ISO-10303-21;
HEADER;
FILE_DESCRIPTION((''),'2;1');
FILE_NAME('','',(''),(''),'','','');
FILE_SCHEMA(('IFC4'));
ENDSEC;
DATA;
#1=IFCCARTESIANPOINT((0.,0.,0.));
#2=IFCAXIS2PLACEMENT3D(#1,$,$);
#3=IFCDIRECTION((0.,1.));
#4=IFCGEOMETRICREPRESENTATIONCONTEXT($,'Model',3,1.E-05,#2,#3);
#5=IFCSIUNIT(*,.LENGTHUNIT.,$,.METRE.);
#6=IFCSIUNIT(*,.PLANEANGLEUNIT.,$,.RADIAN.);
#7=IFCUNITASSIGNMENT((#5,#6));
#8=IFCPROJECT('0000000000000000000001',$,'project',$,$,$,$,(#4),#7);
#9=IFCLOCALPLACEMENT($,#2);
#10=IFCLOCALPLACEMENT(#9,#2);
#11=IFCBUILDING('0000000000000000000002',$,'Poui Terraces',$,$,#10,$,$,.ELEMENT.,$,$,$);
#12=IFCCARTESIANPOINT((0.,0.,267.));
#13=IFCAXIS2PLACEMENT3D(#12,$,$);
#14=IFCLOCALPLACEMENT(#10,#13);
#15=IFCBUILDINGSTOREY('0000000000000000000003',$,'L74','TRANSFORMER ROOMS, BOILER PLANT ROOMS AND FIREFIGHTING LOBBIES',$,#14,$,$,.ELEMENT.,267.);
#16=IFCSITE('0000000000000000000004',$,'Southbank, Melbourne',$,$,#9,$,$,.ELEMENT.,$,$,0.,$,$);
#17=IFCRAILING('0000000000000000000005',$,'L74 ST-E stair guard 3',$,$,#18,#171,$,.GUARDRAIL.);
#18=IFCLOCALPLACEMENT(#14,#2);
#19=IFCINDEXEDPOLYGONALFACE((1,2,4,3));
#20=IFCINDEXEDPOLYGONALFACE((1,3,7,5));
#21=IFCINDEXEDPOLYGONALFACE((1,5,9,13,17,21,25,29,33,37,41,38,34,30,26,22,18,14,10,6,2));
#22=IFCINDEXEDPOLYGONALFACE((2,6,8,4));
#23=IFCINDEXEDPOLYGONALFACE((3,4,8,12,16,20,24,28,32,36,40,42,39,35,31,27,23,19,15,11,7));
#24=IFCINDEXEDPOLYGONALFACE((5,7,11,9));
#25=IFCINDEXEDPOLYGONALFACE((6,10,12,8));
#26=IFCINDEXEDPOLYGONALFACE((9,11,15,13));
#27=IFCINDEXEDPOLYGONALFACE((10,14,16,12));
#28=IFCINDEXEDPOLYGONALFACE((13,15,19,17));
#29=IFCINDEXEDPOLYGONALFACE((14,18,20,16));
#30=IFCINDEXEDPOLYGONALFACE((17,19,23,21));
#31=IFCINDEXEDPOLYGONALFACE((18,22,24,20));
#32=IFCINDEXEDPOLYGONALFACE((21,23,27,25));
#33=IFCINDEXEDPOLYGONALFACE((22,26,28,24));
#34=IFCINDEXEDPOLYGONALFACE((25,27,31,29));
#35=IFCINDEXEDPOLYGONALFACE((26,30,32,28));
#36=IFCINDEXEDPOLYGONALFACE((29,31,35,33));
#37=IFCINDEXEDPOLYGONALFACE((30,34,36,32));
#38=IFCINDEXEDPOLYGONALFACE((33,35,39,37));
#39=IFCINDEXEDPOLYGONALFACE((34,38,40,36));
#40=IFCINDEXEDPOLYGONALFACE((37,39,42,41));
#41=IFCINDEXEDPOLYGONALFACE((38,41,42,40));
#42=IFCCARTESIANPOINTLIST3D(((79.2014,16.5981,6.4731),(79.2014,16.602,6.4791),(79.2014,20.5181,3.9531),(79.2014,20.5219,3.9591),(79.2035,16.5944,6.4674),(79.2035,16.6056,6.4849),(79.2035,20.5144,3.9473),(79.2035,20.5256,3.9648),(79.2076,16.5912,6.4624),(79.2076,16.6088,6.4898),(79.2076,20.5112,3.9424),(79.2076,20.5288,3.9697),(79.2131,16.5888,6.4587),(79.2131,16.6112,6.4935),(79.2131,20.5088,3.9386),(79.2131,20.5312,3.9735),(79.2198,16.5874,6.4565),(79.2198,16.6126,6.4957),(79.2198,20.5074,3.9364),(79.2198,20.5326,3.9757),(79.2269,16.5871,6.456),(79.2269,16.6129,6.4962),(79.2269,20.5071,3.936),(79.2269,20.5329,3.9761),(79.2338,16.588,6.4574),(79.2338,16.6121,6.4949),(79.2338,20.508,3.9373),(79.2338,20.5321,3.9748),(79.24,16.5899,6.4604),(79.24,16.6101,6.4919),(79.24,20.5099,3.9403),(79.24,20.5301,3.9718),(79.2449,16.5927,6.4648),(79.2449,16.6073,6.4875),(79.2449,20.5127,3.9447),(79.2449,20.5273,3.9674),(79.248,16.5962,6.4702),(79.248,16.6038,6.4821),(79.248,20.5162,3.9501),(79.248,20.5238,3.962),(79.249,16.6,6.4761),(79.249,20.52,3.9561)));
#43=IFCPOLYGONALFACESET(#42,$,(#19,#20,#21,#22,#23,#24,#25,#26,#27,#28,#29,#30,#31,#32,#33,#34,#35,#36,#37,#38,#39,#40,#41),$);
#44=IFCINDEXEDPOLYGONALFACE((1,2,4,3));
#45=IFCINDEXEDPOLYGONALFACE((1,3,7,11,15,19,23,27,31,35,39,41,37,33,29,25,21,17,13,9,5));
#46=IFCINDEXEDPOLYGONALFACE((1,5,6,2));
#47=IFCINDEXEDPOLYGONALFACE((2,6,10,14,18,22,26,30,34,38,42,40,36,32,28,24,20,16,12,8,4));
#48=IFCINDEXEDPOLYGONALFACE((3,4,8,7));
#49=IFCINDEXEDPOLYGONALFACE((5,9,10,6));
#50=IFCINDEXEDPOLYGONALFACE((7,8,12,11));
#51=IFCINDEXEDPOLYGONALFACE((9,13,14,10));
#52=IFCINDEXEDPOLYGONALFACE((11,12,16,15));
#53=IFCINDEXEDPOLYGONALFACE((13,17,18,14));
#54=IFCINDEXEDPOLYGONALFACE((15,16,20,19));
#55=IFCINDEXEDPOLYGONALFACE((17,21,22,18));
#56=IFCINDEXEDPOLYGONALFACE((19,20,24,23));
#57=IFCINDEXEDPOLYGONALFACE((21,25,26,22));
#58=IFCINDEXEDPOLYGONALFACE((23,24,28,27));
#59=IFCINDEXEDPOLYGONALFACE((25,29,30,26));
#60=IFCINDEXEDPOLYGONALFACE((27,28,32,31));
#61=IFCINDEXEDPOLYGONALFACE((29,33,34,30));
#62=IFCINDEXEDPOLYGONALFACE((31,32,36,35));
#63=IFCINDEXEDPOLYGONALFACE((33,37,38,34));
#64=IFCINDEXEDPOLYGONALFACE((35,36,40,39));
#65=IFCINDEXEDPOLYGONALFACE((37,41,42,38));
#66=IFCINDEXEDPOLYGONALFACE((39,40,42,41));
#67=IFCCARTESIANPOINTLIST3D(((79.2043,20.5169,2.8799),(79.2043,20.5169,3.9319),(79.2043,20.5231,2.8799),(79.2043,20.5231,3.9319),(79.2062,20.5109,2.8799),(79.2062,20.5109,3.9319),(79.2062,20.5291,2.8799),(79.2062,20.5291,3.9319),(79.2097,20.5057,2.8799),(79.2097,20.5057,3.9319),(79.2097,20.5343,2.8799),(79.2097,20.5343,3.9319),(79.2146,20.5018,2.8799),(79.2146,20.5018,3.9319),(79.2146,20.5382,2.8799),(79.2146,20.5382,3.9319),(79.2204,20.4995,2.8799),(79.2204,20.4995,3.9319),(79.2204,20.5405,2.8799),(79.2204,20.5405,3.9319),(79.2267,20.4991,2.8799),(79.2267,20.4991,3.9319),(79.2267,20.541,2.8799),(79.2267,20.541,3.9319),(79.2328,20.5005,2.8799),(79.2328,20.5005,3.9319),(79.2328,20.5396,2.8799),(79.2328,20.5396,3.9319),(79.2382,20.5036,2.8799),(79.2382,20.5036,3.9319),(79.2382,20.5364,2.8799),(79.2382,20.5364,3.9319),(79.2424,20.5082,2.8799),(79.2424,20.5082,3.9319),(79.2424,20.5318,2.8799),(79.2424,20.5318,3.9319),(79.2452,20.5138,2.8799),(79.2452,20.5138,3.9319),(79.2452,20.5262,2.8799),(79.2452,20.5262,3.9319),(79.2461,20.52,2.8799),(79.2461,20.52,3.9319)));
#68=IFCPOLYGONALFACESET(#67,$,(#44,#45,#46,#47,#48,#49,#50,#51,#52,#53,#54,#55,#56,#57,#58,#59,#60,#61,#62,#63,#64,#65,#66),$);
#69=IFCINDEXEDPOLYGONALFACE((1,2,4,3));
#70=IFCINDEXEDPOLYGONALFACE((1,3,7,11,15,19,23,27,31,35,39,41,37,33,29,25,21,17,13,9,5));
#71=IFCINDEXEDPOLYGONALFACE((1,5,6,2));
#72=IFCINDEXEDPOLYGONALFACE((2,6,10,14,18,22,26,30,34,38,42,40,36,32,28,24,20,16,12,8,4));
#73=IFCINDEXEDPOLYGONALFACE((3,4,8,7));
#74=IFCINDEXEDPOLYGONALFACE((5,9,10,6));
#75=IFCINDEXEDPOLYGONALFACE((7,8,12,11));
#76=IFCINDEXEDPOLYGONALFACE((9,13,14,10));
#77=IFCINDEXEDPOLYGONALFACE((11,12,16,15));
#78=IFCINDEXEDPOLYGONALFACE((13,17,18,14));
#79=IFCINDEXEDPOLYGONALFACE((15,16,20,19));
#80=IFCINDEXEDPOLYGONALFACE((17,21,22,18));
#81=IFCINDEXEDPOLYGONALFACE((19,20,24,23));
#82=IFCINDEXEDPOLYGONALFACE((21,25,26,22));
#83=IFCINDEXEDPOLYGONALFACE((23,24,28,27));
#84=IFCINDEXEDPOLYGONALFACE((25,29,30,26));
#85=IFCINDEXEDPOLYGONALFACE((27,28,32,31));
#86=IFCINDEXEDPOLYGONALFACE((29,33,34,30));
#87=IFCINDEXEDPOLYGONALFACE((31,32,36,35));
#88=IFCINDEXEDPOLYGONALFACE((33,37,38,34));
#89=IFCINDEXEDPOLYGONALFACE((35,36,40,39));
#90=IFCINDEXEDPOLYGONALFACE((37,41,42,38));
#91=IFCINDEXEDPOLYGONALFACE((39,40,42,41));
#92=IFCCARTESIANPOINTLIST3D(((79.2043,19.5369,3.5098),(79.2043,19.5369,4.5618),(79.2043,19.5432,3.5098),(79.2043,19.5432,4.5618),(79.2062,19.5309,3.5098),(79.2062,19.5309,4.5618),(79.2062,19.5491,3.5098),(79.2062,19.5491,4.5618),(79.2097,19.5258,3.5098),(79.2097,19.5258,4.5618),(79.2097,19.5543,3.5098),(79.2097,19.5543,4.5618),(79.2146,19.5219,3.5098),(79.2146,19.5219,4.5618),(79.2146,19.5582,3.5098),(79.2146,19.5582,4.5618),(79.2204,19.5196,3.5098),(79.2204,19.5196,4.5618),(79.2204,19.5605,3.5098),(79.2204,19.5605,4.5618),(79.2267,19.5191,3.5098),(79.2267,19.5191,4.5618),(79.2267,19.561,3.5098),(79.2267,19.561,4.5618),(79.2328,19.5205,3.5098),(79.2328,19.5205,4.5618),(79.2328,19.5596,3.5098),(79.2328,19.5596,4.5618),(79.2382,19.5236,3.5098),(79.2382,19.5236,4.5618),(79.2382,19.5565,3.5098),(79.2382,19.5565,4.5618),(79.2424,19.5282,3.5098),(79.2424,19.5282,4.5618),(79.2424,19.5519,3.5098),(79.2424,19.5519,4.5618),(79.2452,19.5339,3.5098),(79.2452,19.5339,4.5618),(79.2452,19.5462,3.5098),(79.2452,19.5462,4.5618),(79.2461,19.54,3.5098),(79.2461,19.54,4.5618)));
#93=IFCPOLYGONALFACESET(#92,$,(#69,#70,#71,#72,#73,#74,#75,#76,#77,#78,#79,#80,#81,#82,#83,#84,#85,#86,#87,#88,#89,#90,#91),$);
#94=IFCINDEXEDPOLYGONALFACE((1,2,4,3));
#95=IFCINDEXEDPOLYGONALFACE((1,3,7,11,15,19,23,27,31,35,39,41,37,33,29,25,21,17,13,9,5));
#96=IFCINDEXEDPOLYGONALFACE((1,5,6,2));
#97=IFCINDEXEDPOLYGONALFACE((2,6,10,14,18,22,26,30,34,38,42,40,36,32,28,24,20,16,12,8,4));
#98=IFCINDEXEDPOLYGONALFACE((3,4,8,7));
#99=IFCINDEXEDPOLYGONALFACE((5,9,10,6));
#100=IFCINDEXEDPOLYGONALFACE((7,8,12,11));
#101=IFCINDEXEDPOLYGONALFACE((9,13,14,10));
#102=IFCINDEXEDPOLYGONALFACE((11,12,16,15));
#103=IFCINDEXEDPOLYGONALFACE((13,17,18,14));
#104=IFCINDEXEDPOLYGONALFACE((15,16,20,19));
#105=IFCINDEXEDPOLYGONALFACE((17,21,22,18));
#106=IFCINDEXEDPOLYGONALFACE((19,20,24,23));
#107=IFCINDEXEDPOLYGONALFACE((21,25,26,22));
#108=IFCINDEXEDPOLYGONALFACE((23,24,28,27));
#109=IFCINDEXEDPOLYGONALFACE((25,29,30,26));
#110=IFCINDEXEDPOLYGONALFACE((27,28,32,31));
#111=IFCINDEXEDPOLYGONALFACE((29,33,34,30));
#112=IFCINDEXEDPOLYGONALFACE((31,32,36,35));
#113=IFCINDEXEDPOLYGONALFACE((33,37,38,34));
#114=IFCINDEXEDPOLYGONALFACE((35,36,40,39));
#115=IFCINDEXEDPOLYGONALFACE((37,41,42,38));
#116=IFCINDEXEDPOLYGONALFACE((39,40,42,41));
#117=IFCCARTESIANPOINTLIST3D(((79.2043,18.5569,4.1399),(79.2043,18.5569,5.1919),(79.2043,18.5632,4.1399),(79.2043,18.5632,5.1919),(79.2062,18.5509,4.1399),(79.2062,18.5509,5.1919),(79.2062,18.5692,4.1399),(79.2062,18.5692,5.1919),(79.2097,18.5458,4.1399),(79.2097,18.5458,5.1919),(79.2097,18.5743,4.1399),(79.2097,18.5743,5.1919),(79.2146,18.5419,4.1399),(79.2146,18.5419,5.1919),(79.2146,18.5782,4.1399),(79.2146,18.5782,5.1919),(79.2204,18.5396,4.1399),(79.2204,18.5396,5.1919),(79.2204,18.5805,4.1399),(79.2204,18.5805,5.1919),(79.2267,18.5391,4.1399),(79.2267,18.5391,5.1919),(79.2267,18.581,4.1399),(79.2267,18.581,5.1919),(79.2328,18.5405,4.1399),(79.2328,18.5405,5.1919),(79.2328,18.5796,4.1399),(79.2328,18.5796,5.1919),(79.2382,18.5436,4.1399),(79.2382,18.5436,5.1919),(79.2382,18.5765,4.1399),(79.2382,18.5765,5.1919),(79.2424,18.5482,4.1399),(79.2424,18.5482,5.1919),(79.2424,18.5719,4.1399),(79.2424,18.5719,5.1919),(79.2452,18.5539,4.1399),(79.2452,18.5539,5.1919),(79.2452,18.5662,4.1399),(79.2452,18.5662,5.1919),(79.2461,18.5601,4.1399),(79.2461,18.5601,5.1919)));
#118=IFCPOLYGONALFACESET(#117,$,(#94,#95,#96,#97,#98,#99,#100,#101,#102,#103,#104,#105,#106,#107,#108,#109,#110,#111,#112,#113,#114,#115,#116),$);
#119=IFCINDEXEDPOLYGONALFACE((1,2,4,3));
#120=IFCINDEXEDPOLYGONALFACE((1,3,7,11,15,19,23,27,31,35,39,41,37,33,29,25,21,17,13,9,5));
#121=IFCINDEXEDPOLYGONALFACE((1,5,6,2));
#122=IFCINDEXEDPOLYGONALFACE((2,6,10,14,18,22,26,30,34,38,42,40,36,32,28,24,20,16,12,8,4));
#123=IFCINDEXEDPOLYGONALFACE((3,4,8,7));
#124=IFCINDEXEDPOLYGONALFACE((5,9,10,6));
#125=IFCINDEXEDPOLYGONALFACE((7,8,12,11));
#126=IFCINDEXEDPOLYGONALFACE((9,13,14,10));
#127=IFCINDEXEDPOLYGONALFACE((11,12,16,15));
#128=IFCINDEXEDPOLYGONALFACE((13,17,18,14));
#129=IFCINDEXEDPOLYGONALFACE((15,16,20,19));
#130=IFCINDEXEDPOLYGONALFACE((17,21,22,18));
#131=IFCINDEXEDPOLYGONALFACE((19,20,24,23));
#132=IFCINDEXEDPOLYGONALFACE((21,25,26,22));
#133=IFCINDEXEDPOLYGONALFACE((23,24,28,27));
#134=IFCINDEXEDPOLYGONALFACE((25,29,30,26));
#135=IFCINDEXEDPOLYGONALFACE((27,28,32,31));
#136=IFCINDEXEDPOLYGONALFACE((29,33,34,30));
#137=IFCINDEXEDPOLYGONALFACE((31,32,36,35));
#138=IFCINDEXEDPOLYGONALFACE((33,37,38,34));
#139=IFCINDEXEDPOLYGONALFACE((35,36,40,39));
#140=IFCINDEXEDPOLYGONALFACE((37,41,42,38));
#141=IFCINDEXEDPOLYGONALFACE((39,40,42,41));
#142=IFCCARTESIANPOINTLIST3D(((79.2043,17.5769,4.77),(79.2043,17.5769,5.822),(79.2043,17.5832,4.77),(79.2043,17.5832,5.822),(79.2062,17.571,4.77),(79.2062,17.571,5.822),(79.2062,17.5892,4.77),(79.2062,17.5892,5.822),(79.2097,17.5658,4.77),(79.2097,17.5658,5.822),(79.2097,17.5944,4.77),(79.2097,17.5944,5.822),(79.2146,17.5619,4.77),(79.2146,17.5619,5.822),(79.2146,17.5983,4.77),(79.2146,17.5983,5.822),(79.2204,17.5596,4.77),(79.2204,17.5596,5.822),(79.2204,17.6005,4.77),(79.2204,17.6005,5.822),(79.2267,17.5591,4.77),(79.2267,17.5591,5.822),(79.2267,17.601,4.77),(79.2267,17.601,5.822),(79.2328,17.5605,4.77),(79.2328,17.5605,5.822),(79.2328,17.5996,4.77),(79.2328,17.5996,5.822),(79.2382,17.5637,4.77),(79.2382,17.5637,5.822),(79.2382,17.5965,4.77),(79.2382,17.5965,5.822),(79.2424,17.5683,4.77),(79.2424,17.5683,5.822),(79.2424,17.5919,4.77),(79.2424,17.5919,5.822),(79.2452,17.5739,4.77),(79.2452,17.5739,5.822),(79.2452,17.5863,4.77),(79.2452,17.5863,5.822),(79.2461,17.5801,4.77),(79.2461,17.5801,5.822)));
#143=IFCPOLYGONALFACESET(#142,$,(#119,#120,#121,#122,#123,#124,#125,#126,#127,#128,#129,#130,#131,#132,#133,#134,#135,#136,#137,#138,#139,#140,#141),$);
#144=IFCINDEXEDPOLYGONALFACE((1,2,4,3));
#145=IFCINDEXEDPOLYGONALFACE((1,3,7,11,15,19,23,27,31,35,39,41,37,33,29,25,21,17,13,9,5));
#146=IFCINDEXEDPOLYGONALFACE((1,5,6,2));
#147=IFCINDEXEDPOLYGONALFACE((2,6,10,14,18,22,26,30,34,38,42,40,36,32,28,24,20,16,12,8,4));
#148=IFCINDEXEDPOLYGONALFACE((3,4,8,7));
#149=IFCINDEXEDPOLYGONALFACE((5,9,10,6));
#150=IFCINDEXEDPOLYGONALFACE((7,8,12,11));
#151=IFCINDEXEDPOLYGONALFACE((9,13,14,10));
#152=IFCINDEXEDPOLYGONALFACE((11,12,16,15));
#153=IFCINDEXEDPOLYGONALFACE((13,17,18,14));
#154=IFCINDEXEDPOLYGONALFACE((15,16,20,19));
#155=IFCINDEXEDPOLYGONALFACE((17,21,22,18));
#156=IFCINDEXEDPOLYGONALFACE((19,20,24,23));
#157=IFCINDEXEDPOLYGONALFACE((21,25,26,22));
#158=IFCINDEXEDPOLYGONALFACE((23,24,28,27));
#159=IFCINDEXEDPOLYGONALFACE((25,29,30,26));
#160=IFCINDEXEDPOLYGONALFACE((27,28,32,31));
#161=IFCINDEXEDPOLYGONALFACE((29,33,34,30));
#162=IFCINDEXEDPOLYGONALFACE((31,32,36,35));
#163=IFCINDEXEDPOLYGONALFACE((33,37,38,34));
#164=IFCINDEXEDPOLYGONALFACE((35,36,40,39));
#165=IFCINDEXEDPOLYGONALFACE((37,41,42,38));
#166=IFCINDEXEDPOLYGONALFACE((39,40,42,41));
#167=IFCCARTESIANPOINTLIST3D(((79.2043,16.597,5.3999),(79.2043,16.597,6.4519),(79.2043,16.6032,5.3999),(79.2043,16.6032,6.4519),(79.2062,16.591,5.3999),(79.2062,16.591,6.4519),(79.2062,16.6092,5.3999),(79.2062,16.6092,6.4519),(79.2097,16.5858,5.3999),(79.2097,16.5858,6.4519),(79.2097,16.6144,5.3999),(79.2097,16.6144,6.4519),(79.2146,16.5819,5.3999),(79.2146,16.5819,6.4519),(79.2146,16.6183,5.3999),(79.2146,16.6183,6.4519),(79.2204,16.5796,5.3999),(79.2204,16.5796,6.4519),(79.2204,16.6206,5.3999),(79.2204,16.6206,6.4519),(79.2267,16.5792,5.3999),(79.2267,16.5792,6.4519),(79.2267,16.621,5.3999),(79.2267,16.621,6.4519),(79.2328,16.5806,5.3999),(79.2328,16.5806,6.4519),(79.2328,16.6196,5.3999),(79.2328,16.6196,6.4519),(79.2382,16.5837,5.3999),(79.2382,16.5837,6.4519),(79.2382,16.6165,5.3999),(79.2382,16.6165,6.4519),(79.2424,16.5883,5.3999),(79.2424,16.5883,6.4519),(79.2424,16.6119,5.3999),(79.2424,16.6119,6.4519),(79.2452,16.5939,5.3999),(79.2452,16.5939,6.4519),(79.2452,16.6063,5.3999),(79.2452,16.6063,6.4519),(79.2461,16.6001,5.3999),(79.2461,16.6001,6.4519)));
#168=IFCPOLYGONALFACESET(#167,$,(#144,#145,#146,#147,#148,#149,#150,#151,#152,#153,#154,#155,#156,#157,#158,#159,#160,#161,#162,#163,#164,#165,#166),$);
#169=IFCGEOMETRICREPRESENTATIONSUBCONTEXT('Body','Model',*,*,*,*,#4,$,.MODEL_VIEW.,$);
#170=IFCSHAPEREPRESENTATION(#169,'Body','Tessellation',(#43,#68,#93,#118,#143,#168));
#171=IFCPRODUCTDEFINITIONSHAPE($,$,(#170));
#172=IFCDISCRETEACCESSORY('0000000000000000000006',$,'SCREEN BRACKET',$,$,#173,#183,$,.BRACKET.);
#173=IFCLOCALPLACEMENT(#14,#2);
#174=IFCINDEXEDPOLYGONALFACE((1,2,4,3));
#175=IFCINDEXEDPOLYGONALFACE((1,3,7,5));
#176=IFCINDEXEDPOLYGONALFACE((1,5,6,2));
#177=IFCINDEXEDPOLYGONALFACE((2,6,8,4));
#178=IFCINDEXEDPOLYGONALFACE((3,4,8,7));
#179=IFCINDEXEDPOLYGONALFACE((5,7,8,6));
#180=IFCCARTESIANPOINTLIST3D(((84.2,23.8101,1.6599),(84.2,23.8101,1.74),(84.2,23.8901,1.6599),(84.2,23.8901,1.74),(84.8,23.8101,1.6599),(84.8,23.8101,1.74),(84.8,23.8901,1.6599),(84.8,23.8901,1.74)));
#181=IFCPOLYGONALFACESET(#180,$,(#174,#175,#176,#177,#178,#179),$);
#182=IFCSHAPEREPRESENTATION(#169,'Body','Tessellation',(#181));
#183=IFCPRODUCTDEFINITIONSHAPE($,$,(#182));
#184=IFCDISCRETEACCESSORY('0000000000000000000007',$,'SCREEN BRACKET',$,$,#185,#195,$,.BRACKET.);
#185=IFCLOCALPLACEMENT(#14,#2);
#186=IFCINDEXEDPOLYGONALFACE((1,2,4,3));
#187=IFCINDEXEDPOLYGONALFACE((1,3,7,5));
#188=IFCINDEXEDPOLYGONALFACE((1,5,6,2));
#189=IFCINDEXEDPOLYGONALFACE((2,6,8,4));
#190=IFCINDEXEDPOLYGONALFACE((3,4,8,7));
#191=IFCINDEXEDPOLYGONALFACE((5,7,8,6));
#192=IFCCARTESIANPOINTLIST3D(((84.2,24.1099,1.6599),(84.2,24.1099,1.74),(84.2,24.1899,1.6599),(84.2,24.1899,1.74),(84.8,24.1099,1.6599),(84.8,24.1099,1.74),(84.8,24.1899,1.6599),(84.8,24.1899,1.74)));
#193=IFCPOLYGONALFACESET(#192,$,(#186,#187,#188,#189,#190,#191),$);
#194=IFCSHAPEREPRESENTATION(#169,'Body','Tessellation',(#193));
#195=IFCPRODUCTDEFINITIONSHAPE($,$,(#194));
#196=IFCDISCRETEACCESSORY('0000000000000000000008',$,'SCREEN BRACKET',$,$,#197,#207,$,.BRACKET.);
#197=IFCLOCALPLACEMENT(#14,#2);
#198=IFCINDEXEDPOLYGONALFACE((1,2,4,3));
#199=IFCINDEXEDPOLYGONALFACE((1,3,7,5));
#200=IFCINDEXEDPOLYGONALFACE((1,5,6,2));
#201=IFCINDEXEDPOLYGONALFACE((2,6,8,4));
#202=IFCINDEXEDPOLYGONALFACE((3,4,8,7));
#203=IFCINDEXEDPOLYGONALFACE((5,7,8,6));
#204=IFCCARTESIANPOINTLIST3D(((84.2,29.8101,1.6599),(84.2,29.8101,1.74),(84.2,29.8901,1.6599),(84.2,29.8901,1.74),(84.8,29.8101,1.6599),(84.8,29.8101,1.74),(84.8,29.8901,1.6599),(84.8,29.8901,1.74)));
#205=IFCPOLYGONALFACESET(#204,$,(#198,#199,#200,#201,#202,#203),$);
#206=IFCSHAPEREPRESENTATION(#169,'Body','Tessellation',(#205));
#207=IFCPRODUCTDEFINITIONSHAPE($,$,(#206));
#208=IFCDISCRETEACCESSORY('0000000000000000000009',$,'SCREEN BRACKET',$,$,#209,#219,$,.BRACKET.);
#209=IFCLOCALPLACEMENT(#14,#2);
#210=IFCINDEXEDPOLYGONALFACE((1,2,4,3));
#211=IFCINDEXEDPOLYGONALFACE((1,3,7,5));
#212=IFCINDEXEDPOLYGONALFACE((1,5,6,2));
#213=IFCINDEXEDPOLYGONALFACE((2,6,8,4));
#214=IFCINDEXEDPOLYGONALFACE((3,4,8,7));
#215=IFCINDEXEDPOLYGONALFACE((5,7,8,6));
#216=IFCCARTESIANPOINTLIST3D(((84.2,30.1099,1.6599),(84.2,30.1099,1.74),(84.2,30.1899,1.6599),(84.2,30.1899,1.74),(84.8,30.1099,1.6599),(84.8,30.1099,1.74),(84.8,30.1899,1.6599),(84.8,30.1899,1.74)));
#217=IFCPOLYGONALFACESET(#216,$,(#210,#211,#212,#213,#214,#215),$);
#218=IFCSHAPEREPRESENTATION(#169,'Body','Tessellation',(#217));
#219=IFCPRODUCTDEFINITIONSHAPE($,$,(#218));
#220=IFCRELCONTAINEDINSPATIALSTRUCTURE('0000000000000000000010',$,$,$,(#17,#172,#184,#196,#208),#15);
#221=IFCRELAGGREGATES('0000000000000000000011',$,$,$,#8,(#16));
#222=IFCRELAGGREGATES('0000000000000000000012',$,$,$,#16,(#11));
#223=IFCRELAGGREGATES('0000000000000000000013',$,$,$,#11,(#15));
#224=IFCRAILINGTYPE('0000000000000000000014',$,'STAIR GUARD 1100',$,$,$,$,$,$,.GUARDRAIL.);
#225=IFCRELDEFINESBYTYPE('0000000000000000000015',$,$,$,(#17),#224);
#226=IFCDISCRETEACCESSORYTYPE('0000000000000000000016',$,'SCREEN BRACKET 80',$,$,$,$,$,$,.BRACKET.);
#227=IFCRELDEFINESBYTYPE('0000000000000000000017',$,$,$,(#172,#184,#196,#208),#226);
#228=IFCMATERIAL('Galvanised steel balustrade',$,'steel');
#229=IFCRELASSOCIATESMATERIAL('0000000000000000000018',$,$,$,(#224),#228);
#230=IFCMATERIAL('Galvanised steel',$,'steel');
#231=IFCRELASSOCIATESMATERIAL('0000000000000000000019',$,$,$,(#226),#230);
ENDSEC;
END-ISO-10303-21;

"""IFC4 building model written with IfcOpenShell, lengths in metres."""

from ifc_helpers import new_model, si_unit, direction, frame, origin, origin_2d, place, context, subcontext, project, spatial, rectangle, circle, extrude, source, transform, mapped, material, material_profile, profile_set, type_object, element, save


model = new_model("IFC4")

# Units and contexts
model_context = context("Model", 3, precision=1e-05, world=origin(), true_north=direction((0.0, 1.0)))
body_context = subcontext(model_context, "Body", "Model", "MODEL_VIEW")
ifc_project = project(units=[si_unit("LENGTHUNIT", "METRE"), si_unit("PLANEANGLEUNIT", "RADIAN")], contexts=[model_context])

# Site, building, storey
site_placement = place(None, origin())
site = spatial("IfcSite", under=ifc_project, at=site_placement, Name="Southbank, Melbourne", CompositionType="ELEMENT", RefElevation=0.0)
building_placement = place(site_placement, origin())
building = spatial("IfcBuilding", under=site, at=building_placement, Name="Poui Terraces", CompositionType="ELEMENT")
storey_placement = place(building_placement, frame((0.0, 0.0, 267.0)))
storey = spatial("IfcBuildingStorey", under=building, at=storey_placement, Name="L74", Description="TRANSFORMER ROOMS, BOILER PLANT ROOMS AND FIREFIGHTING LOBBIES", CompositionType="ELEMENT", Elevation=267.0)

# Railing
ifc_material_1 = material(Name="Galvanised steel balustrade", Category="steel")
railing_type = type_object("IfcRailingType", Name="STAIR GUARD 1100", PredefinedType="GUARDRAIL", material=ifc_material_1)
railing_placement = place(storey_placement, frame((79.2251, 20.52, 2.8799)))
element("IfcRailing", 1, at=railing_placement, inside=storey, type_object=railing_type, Name="L74 ST-E stair guard 3", PredefinedType="GUARDRAIL", context=body_context, shape_type="SweptSolid", body=[
    extrude(circle(Radius=0.0239, at=origin_2d()), frame((0.0, 0.0, 1.0762), z_axis=(0.0, -0.841172, 0.540768), x_axis=(1.0, 0.0, 0.0)), (0.0, 0.0, 1.0), 4.6602),
    extrude(circle(Radius=0.021, at=origin_2d()), origin(), (0.0, 0.0, 1.0), 1.052),
    extrude(circle(Radius=0.021, at=origin_2d()), frame((0.0, -0.98, 0.6299)), (0.0, 0.0, 1.0), 1.052),
    extrude(circle(Radius=0.021, at=origin_2d()), frame((0.0, -1.96, 1.26)), (0.0, 0.0, 1.0), 1.052),
    extrude(circle(Radius=0.021, at=origin_2d()), frame((0.0, -2.9399, 1.8901)), (0.0, 0.0, 1.0), 1.052),
    extrude(circle(Radius=0.021, at=origin_2d()), frame((0.0, -3.9199, 2.52)), (0.0, 0.0, 1.0), 1.052),
])

# Discrete accessories
ifc_material_2 = material(Name="Galvanised steel", Category="steel")
ifc_material_profile_1 = material_profile(ifc_material_2, rectangle(XDim=0.0801, YDim=0.0801, at=origin_2d()), Name="SCREEN BRACKET 80")
ifc_profile_set_1 = profile_set([ifc_material_profile_1], Name="Galvanised steel")
discrete_accessory_type = type_object("IfcDiscreteAccessoryType", Name="SCREEN BRACKET 80", PredefinedType="BRACKET", material=ifc_profile_set_1)
shared_shape_1 = source(origin(), body_context, "Body", "SweptSolid", [
    extrude(rectangle(XDim=0.0801, YDim=0.0801, at=origin_2d()), origin(), (0.0, 0.0, 1.0), 0.6001),
])
for number, where, z_axis, x_axis, name in (
    (2, (84.2, 23.8501, 1.7), (1.0, 0.0, 0.0), (0.0, 1.0, 0.0), "SCREEN BRACKET"),
    (3, (84.2, 24.1499, 1.7), (1.0, 0.0, 0.0), (0.0, 1.0, 0.0), "SCREEN BRACKET"),
    (4, (84.2, 29.8501, 1.7), (1.0, 0.0, 0.0), (0.0, 1.0, 0.0), "SCREEN BRACKET"),
    (5, (84.2, 30.1499, 1.7), (1.0, 0.0, 0.0), (0.0, 1.0, 0.0), "SCREEN BRACKET"),
):
    element("IfcDiscreteAccessory", number, at=place(storey_placement, frame(where, z_axis=z_axis, x_axis=x_axis)), inside=storey, type_object=discrete_accessory_type, Name=name, PredefinedType="BRACKET", context=body_context, shape_type="MappedRepresentation", body=[
        mapped(shared_shape_1, transform((0.0, 0.0, 0.0))),
    ])

save(model, "model.ifc")
